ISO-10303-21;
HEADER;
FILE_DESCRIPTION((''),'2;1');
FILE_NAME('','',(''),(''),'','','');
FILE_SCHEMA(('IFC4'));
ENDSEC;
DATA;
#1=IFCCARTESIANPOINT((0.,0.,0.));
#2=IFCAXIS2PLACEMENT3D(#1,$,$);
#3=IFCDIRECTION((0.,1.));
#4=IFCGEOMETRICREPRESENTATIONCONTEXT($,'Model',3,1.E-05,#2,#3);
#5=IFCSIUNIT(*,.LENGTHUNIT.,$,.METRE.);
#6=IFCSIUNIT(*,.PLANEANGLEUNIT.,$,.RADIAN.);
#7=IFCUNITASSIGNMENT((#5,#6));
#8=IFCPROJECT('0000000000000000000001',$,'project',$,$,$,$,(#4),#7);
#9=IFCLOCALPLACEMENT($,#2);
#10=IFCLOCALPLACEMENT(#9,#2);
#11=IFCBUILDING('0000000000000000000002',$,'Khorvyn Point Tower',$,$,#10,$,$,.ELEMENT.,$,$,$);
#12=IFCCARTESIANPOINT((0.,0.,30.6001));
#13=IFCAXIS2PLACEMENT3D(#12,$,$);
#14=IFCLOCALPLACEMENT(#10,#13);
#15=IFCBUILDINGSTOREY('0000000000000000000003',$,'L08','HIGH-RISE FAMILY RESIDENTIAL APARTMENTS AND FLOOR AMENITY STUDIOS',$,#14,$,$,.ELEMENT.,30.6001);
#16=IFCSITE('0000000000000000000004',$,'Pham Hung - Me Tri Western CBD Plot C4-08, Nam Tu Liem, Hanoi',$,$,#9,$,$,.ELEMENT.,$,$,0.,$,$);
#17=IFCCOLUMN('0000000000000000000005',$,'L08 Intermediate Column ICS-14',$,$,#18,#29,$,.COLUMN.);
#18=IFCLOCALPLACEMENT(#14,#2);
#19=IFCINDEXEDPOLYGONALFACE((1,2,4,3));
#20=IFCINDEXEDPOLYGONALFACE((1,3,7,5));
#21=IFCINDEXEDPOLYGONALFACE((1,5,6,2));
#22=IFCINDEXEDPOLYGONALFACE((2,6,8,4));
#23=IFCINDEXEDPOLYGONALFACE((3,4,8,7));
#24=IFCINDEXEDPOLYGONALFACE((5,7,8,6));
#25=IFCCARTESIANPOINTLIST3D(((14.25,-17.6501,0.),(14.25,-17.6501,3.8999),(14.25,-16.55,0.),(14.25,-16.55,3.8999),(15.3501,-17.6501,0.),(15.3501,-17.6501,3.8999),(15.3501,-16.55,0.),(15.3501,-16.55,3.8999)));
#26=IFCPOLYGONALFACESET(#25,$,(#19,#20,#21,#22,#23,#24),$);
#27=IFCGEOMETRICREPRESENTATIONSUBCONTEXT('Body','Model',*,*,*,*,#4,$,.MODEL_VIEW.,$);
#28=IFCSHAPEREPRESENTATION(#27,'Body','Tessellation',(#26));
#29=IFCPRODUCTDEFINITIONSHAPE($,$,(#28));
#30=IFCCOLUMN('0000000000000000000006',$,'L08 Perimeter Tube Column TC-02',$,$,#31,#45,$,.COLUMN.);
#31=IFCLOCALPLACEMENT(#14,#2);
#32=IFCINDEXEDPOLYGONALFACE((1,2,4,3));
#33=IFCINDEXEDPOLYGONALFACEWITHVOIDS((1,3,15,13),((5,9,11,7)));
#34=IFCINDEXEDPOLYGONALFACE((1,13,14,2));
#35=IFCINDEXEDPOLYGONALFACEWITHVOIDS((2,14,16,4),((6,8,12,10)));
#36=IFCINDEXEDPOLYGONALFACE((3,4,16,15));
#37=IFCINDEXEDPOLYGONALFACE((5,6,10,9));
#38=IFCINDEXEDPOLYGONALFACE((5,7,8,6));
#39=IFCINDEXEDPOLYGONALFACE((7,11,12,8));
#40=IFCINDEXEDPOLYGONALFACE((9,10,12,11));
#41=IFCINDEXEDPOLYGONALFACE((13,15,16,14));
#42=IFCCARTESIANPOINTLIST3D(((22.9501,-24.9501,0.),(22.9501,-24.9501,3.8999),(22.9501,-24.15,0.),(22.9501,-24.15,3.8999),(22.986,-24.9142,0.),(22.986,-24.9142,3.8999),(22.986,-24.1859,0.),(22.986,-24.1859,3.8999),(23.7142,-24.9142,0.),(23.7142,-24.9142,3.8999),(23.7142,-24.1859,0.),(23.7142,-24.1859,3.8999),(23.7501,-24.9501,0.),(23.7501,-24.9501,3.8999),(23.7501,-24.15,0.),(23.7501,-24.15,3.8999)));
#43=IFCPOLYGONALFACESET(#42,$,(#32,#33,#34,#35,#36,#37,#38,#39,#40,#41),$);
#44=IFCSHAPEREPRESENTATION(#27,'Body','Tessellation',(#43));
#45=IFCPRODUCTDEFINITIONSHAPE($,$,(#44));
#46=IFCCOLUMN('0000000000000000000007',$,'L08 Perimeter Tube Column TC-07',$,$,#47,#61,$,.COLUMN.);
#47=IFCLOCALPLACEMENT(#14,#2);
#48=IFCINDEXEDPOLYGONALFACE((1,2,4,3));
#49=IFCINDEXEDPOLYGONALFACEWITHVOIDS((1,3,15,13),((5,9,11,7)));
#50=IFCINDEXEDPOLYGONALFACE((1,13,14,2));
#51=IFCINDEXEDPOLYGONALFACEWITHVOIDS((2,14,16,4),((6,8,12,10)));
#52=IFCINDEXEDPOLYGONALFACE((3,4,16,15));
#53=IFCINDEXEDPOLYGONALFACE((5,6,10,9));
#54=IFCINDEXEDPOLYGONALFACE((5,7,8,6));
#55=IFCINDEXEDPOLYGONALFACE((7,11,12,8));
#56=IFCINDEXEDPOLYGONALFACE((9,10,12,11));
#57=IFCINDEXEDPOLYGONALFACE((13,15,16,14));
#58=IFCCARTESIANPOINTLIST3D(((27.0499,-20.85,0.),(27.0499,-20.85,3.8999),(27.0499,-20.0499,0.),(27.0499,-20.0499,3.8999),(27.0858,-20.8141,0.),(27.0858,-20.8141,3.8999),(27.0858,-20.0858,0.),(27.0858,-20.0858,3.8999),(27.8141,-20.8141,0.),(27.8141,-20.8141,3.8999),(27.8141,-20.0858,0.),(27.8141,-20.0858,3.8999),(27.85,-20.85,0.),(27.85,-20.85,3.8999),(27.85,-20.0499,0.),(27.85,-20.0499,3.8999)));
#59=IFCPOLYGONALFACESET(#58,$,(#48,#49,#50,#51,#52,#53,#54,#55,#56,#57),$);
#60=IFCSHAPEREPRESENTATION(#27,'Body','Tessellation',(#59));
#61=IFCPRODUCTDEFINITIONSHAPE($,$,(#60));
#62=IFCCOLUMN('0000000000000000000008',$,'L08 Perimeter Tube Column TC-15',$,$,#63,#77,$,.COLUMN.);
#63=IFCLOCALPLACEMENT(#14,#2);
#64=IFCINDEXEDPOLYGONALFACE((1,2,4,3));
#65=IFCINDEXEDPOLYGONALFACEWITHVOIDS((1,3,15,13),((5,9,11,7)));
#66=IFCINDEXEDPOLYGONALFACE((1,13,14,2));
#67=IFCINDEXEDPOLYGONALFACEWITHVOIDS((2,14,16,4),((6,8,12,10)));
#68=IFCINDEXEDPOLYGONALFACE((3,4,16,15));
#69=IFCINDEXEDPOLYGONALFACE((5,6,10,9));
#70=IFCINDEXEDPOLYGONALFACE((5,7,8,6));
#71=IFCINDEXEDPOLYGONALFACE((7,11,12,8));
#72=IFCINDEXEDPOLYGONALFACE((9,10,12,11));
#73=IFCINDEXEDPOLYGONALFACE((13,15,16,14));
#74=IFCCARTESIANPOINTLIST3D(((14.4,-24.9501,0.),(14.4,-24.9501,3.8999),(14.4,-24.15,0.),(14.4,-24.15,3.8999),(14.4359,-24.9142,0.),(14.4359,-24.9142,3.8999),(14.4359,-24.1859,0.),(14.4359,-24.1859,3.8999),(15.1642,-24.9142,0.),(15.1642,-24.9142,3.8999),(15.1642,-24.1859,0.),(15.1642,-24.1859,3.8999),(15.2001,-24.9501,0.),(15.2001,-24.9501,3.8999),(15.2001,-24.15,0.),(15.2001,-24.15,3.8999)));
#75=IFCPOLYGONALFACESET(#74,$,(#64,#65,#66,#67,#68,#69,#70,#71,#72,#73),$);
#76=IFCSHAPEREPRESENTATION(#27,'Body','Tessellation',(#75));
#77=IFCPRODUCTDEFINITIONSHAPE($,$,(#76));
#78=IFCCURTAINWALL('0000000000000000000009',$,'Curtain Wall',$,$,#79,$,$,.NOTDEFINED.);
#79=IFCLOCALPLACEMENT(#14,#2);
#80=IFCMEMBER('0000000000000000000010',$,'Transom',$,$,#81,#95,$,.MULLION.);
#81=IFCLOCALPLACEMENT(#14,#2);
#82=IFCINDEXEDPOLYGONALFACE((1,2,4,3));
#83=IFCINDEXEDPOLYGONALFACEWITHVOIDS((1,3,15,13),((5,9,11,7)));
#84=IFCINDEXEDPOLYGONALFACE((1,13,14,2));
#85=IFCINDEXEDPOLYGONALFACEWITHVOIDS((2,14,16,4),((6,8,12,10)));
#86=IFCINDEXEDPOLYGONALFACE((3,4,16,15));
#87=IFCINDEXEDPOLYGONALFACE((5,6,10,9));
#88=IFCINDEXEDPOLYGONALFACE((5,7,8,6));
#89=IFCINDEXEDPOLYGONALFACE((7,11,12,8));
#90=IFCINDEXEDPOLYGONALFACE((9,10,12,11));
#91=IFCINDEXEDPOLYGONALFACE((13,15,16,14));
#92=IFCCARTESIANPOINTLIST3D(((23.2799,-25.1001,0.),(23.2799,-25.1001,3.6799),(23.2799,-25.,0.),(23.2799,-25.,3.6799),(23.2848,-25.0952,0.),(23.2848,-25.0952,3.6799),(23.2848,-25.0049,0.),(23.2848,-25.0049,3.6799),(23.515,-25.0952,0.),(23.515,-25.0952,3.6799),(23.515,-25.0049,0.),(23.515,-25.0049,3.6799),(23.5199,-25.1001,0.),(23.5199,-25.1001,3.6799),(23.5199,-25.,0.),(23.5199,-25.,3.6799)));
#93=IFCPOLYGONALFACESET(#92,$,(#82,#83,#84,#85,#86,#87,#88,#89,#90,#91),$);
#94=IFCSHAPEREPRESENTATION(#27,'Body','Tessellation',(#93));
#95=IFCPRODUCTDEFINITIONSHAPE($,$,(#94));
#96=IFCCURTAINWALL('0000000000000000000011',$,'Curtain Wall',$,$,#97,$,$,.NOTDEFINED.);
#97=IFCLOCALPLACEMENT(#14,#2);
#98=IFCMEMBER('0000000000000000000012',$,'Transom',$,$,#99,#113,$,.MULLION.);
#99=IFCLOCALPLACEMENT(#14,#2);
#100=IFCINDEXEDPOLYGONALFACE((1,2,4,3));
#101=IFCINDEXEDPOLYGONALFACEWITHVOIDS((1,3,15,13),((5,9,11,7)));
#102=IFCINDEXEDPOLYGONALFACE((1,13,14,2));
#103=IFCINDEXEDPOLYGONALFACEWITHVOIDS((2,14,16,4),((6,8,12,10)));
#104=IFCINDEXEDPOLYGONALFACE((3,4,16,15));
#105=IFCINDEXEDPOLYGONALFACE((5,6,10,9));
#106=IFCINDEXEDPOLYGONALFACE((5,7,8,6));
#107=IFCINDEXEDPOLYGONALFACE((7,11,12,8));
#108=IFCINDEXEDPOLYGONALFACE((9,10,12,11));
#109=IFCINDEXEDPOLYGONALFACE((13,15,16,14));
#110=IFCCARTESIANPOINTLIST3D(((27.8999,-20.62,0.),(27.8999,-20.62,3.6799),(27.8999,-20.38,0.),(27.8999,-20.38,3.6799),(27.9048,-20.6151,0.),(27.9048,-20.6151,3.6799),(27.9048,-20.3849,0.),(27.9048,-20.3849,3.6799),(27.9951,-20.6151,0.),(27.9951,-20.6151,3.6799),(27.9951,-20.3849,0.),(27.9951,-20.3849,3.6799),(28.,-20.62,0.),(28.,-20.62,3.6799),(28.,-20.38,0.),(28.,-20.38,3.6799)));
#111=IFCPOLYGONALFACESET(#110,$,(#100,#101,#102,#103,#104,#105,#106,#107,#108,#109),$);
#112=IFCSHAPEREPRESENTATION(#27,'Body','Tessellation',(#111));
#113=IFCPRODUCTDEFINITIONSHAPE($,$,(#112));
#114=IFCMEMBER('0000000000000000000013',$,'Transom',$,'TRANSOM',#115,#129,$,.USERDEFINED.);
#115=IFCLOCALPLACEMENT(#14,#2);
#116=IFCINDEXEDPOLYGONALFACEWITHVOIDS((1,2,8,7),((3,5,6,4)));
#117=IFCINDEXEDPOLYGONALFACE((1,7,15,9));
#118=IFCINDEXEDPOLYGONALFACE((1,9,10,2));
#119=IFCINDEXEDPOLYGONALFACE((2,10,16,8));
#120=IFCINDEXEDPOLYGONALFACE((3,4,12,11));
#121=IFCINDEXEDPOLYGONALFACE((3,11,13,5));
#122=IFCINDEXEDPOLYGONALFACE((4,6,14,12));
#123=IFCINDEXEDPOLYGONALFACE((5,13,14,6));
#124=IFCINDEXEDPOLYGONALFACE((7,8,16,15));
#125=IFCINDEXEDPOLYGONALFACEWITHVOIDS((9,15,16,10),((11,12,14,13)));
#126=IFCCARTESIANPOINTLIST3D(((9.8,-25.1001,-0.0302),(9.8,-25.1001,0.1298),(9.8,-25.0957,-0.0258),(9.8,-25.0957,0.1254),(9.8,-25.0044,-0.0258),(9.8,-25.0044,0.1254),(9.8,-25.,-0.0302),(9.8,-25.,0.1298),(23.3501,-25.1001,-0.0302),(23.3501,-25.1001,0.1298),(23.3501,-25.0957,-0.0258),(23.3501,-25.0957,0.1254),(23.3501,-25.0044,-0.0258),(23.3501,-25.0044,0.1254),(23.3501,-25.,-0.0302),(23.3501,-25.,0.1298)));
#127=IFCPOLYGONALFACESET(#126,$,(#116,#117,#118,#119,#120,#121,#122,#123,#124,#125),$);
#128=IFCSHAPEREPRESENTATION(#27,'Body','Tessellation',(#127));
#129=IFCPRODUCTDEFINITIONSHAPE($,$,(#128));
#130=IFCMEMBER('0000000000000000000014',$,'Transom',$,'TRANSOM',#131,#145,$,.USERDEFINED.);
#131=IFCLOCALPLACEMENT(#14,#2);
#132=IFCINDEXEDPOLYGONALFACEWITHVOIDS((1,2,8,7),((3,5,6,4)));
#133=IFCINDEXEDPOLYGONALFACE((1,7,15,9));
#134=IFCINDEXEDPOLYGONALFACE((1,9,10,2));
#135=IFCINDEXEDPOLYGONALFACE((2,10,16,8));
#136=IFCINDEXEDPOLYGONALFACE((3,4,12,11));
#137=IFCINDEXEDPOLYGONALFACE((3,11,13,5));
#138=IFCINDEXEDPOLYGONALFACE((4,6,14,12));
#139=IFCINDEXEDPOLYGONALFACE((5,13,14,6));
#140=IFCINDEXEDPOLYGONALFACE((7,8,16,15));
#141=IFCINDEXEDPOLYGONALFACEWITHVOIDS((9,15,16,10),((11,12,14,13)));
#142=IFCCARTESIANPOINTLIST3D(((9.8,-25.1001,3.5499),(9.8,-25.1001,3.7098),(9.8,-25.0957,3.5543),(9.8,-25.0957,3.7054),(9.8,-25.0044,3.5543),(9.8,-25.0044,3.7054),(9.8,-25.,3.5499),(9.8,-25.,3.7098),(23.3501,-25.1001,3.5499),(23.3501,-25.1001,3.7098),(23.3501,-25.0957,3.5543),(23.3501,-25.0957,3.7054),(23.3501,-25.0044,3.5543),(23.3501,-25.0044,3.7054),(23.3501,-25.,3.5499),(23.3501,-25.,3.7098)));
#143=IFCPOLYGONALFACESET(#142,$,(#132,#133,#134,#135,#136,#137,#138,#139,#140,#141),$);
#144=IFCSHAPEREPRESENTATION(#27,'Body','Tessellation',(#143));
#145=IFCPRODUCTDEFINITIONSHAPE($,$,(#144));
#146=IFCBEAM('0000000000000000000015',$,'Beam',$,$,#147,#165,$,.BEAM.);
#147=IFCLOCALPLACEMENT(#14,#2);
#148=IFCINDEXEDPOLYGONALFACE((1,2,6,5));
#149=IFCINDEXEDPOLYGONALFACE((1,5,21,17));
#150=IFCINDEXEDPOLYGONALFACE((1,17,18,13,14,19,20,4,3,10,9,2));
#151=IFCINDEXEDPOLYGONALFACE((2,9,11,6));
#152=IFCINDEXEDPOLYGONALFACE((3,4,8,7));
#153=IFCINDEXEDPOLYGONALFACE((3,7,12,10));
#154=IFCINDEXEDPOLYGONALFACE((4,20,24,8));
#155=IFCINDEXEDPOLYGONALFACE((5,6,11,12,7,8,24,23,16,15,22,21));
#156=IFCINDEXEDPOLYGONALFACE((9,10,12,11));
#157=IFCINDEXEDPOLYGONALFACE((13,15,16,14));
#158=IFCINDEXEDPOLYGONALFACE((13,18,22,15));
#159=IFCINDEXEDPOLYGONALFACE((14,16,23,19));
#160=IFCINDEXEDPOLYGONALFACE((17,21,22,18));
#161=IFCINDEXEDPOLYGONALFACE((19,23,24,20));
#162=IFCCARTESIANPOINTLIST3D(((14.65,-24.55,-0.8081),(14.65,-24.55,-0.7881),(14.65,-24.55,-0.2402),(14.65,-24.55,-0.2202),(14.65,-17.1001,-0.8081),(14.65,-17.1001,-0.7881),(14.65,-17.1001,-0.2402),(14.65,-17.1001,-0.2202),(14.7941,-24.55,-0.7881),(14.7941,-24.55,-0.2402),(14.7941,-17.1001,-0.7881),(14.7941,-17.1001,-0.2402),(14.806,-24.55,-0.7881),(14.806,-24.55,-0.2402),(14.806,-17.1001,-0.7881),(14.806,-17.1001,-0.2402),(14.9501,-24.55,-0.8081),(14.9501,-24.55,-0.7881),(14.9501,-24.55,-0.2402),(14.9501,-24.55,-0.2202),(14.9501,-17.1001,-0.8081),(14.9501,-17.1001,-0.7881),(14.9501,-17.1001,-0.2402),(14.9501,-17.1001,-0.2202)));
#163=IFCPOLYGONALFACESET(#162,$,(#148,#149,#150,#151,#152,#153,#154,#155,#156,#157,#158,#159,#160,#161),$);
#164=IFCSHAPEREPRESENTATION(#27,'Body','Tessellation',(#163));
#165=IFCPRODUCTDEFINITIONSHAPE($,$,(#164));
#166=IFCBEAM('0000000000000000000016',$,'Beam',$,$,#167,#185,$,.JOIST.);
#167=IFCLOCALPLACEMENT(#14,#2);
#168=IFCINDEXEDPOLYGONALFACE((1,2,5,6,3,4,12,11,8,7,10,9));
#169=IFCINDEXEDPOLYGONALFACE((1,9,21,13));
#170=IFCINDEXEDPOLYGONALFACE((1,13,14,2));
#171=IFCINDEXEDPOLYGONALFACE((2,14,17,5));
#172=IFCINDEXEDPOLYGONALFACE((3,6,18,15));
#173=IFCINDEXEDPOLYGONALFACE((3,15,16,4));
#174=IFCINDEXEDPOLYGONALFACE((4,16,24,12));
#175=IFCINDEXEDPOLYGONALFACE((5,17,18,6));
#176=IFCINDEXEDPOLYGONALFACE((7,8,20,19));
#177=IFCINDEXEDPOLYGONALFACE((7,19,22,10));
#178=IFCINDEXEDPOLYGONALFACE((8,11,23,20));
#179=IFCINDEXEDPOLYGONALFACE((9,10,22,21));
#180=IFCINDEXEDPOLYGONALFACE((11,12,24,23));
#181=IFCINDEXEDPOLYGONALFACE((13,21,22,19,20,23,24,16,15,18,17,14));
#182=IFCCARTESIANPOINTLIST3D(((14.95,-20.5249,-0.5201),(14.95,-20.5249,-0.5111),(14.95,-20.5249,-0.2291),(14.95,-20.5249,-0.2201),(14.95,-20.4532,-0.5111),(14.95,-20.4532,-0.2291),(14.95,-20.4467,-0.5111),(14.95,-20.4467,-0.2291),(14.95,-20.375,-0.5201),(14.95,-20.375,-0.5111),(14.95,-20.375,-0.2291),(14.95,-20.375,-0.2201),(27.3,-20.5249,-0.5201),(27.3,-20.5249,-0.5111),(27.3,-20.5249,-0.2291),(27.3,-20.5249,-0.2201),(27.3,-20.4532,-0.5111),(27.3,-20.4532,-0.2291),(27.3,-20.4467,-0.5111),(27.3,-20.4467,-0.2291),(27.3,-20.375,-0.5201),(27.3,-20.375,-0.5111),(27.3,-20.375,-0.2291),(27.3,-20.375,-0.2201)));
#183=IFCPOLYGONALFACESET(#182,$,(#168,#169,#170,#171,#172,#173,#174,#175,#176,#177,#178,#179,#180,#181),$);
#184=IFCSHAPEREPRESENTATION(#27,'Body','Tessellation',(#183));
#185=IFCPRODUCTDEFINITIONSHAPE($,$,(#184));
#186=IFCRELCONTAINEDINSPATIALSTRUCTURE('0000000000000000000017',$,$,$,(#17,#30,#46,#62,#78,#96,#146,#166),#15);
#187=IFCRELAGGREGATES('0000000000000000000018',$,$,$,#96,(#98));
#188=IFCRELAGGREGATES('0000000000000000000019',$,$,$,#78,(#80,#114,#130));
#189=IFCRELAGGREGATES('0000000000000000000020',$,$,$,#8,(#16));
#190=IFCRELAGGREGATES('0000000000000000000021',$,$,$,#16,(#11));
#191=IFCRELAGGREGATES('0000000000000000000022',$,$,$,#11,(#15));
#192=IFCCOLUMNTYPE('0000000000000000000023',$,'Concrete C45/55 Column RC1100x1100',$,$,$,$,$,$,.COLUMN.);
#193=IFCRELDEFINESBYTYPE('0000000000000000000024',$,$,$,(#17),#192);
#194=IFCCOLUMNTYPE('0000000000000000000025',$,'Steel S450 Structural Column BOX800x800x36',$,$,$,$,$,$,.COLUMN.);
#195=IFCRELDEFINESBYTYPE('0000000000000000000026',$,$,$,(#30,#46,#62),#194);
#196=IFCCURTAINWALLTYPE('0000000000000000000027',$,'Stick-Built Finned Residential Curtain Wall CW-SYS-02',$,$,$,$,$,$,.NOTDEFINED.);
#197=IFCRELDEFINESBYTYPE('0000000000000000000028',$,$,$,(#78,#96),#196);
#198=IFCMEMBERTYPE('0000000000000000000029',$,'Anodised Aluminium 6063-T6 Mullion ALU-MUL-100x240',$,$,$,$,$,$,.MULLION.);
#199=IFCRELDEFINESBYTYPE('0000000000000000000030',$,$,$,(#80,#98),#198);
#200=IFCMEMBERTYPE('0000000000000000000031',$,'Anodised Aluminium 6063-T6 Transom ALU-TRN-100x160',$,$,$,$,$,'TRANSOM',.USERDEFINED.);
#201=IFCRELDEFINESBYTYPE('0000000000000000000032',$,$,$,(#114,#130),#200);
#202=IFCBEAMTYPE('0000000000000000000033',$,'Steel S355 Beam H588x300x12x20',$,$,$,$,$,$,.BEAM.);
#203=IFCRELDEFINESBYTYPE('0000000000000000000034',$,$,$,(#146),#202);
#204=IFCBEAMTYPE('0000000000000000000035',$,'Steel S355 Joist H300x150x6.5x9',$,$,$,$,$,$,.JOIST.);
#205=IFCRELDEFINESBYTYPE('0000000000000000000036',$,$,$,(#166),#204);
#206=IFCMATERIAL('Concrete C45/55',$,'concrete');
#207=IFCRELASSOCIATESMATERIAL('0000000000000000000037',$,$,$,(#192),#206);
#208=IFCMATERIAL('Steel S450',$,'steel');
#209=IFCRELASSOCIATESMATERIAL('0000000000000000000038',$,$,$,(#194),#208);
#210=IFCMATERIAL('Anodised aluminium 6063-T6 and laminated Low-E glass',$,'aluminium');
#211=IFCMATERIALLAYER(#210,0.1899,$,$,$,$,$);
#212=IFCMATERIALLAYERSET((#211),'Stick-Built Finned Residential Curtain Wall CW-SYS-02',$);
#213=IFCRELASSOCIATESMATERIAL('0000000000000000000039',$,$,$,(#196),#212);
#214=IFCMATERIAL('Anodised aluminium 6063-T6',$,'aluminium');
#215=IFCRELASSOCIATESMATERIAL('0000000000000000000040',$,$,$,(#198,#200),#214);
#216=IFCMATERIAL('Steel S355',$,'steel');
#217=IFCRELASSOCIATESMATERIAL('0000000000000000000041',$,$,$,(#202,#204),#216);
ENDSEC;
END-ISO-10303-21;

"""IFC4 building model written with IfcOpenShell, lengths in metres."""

from ifc_helpers import new_model, si_unit, direction, frame, origin, origin_2d, place, context, subcontext, project, spatial, rectangle, hollow_rectangle, i_section, extrude, material, layer, layer_set, material_profile, profile_set, type_object, element, aggregate, save


model = new_model("IFC4")

# Units and contexts
model_context = context("Model", 3, precision=1e-05, world=origin(), true_north=direction((0.0, 1.0)))
body_context = subcontext(model_context, "Body", "Model", "MODEL_VIEW")
ifc_project = project(units=[si_unit("LENGTHUNIT", "METRE"), si_unit("PLANEANGLEUNIT", "RADIAN")], contexts=[model_context])

# Site, building, storey
site_placement = place(None, origin())
site = spatial("IfcSite", under=ifc_project, at=site_placement, Name="Pham Hung - Me Tri Western CBD Plot C4-08, Nam Tu Liem, Hanoi", CompositionType="ELEMENT", RefElevation=0.0)
building_placement = place(site_placement, origin())
building = spatial("IfcBuilding", under=site, at=building_placement, Name="Khorvyn Point Tower", CompositionType="ELEMENT")
storey_placement = place(building_placement, frame((0.0, 0.0, 30.6001)))
storey = spatial("IfcBuildingStorey", under=building, at=storey_placement, Name="L08", Description="HIGH-RISE FAMILY RESIDENTIAL APARTMENTS AND FLOOR AMENITY STUDIOS", CompositionType="ELEMENT", Elevation=30.6001)

# Columns
ifc_material_1 = material(Name="Concrete C45/55", Category="concrete")
ifc_material_profile_1 = material_profile(ifc_material_1, rectangle(XDim=1.1001, YDim=1.1001, at=origin_2d()))
ifc_profile_set_1 = profile_set([ifc_material_profile_1], Name="Concrete C45/55 RC1100x1100")
column_type_1 = type_object("IfcColumnType", Name="Concrete C45/55 Column RC1100x1100", PredefinedType="COLUMN", material=ifc_profile_set_1)
column_placement = place(storey_placement, frame((14.8, -17.1001, 0.0), z_axis=(0.0, 0.0, 1.0), x_axis=(1.0, 0.0, 0.0)))
element("IfcColumn", 1, at=column_placement, inside=storey, type_object=column_type_1, Name="L08 Intermediate Column ICS-14", PredefinedType="COLUMN", context=body_context, shape_type="SweptSolid", body=[
    extrude(rectangle(XDim=1.1001, YDim=1.1001, at=origin_2d()), origin(), (0.0, 0.0, 1.0), 3.8999),
])
ifc_material_2 = material(Name="Steel S450", Category="steel")
ifc_material_profile_2 = material_profile(ifc_material_2, hollow_rectangle(XDim=0.8, YDim=0.8, WallThickness=0.0359, at=origin_2d()))
ifc_profile_set_2 = profile_set([ifc_material_profile_2], Name="Steel S450 BOX800x800x36")
column_type_2 = type_object("IfcColumnType", Name="Steel S450 Structural Column BOX800x800x36", PredefinedType="COLUMN", material=ifc_profile_set_2)
for number, where, z_axis, x_axis, name in (
    (2, (23.3501, -24.55, 0.0), (0.0, 0.0, 1.0), (1.0, 0.0, 0.0), "L08 Perimeter Tube Column TC-02"),
    (3, (27.45, -20.45, 0.0), (0.0, 0.0, 1.0), (1.0, 0.0, 0.0), "L08 Perimeter Tube Column TC-07"),
    (4, (14.8, -24.55, 0.0), (0.0, 0.0, 1.0), (1.0, 0.0, 0.0), "L08 Perimeter Tube Column TC-15"),
):
    element("IfcColumn", number, at=place(storey_placement, frame(where, z_axis=z_axis, x_axis=x_axis)), inside=storey, type_object=column_type_2, Name=name, PredefinedType="COLUMN", context=body_context, shape_type="SweptSolid", body=[
        extrude(hollow_rectangle(XDim=0.8, YDim=0.8, WallThickness=0.0359, at=origin_2d()), origin(), (0.0, 0.0, 1.0), 3.8999),
    ])

# Curtain walls, members
ifc_material_3 = material(Name="Anodised aluminium 6063-T6 and laminated Low-E glass", Category="aluminium")
ifc_layer_1 = layer(ifc_material_3, 0.1899)
ifc_layer_set_1 = layer_set([ifc_layer_1], Name="Stick-Built Finned Residential Curtain Wall CW-SYS-02")
curtain_wall_type = type_object("IfcCurtainWallType", Name="Stick-Built Finned Residential Curtain Wall CW-SYS-02", PredefinedType="NOTDEFINED", material=ifc_layer_set_1)
curtain_wall_1_placement = place(storey_placement, origin())
curtain_wall_1 = element("IfcCurtainWall", 5, at=curtain_wall_1_placement, inside=storey, type_object=curtain_wall_type, Name="Curtain Wall", PredefinedType="NOTDEFINED")
ifc_material_4 = material(Name="Anodised aluminium 6063-T6", Category="aluminium")
ifc_material_profile_3 = material_profile(ifc_material_4, hollow_rectangle(XDim=0.1001, YDim=0.24, WallThickness=0.0049, at=origin_2d()))
ifc_profile_set_3 = profile_set([ifc_material_profile_3], Name="Anodised aluminium 6063-T6 ALU-MUL-100x240")
member_type_1 = type_object("IfcMemberType", Name="Anodised Aluminium 6063-T6 Mullion ALU-MUL-100x240", PredefinedType="MULLION", material=ifc_profile_set_3)
member_1_placement = place(storey_placement, frame((23.3999, -25.05, 0.0), z_axis=(0.0, 0.0, 1.0), x_axis=(0.0, -1.0, 0.0)))
member_1 = element("IfcMember", 6, at=member_1_placement, type_object=member_type_1, Name="Transom", PredefinedType="MULLION", context=body_context, shape_type="SweptSolid", body=[
    extrude(hollow_rectangle(XDim=0.1001, YDim=0.24, WallThickness=0.0049, at=origin_2d()), origin(), (0.0, 0.0, 1.0), 3.6799),
])
curtain_wall_2_placement = place(storey_placement, origin())
curtain_wall_2 = element("IfcCurtainWall", 7, at=curtain_wall_2_placement, inside=storey, type_object=curtain_wall_type, Name="Curtain Wall", PredefinedType="NOTDEFINED")
member_2_placement = place(storey_placement, frame((27.95, -20.5, 0.0), z_axis=(0.0, 0.0, 1.0), x_axis=(1.0, 0.0, 0.0)))
member_2 = element("IfcMember", 8, at=member_2_placement, type_object=member_type_1, Name="Transom", PredefinedType="MULLION", context=body_context, shape_type="SweptSolid", body=[
    extrude(hollow_rectangle(XDim=0.1001, YDim=0.24, WallThickness=0.0049, at=origin_2d()), origin(), (0.0, 0.0, 1.0), 3.6799),
])
aggregate(curtain_wall_2, [member_2])

# Members
ifc_material_profile_4 = material_profile(ifc_material_4, hollow_rectangle(XDim=0.1001, YDim=0.1599, WallThickness=0.0044, at=origin_2d()))
ifc_profile_set_4 = profile_set([ifc_material_profile_4], Name="Anodised aluminium 6063-T6 ALU-TRN-100x160")
member_type_2 = type_object("IfcMemberType", Name="Anodised Aluminium 6063-T6 Transom ALU-TRN-100x160", ElementType="TRANSOM", PredefinedType="USERDEFINED", material=ifc_profile_set_4)
member_3_placement = place(storey_placement, frame((23.3501, -25.05, 0.0498), z_axis=(-1.0, 0.0, 0.0), x_axis=(0.0, -1.0, 0.0)))
member_3 = element("IfcMember", 9, at=member_3_placement, type_object=member_type_2, Name="Transom", ObjectType="TRANSOM", PredefinedType="USERDEFINED", context=body_context, shape_type="SweptSolid", body=[
    extrude(hollow_rectangle(XDim=0.1001, YDim=0.1599, WallThickness=0.0044, at=origin_2d()), origin(), (0.0, 0.0, 1.0), 13.55),
])
member_4_placement = place(storey_placement, frame((23.3501, -25.05, 3.6299), z_axis=(-1.0, 0.0, 0.0), x_axis=(0.0, -1.0, 0.0)))
member_4 = element("IfcMember", 10, at=member_4_placement, type_object=member_type_2, Name="Transom", ObjectType="TRANSOM", PredefinedType="USERDEFINED", context=body_context, shape_type="SweptSolid", body=[
    extrude(hollow_rectangle(XDim=0.1001, YDim=0.1599, WallThickness=0.0044, at=origin_2d()), origin(), (0.0, 0.0, 1.0), 13.55),
])

# Beams
ifc_material_5 = material(Name="Steel S355", Category="steel")
ifc_material_profile_5 = material_profile(ifc_material_5, i_section(OverallWidth=0.3, OverallDepth=0.5879, WebThickness=0.012, FlangeThickness=0.02, at=origin_2d()))
ifc_profile_set_5 = profile_set([ifc_material_profile_5], Name="Steel S355 H588x300x12x20")
beam_type_1 = type_object("IfcBeamType", Name="Steel S355 Beam H588x300x12x20", PredefinedType="BEAM", material=ifc_profile_set_5)
beam_1_placement = place(storey_placement, frame((14.8, -24.55, -0.5142), z_axis=(0.0, 1.0, 0.0), x_axis=(-1.0, 0.0, 0.0)))
element("IfcBeam", 11, at=beam_1_placement, inside=storey, type_object=beam_type_1, Name="Beam", PredefinedType="BEAM", context=body_context, shape_type="SweptSolid", body=[
    extrude(i_section(OverallWidth=0.3, OverallDepth=0.5879, WebThickness=0.012, FlangeThickness=0.02, at=origin_2d()), origin(), (0.0, 0.0, 1.0), 7.45),
])
ifc_material_profile_6 = material_profile(ifc_material_5, i_section(OverallWidth=0.1499, OverallDepth=0.3, WebThickness=0.0066, FlangeThickness=0.009, at=origin_2d()))
ifc_profile_set_6 = profile_set([ifc_material_profile_6], Name="Steel S355 H300x150x6.5x9")
beam_type_2 = type_object("IfcBeamType", Name="Steel S355 Joist H300x150x6.5x9", PredefinedType="JOIST", material=ifc_profile_set_6)
beam_2_placement = place(storey_placement, frame((14.95, -20.45, -0.3701), z_axis=(1.0, 0.0, 0.0), x_axis=(0.0, 1.0, 0.0)))
element("IfcBeam", 12, at=beam_2_placement, inside=storey, type_object=beam_type_2, Name="Beam", PredefinedType="JOIST", context=body_context, shape_type="SweptSolid", body=[
    extrude(i_section(OverallWidth=0.1499, OverallDepth=0.3, WebThickness=0.0066, FlangeThickness=0.009, at=origin_2d()), origin(), (0.0, 0.0, 1.0), 12.3501),
])

aggregate(curtain_wall_1, [member_1, member_3, member_4])

save(model, "model.ifc")
